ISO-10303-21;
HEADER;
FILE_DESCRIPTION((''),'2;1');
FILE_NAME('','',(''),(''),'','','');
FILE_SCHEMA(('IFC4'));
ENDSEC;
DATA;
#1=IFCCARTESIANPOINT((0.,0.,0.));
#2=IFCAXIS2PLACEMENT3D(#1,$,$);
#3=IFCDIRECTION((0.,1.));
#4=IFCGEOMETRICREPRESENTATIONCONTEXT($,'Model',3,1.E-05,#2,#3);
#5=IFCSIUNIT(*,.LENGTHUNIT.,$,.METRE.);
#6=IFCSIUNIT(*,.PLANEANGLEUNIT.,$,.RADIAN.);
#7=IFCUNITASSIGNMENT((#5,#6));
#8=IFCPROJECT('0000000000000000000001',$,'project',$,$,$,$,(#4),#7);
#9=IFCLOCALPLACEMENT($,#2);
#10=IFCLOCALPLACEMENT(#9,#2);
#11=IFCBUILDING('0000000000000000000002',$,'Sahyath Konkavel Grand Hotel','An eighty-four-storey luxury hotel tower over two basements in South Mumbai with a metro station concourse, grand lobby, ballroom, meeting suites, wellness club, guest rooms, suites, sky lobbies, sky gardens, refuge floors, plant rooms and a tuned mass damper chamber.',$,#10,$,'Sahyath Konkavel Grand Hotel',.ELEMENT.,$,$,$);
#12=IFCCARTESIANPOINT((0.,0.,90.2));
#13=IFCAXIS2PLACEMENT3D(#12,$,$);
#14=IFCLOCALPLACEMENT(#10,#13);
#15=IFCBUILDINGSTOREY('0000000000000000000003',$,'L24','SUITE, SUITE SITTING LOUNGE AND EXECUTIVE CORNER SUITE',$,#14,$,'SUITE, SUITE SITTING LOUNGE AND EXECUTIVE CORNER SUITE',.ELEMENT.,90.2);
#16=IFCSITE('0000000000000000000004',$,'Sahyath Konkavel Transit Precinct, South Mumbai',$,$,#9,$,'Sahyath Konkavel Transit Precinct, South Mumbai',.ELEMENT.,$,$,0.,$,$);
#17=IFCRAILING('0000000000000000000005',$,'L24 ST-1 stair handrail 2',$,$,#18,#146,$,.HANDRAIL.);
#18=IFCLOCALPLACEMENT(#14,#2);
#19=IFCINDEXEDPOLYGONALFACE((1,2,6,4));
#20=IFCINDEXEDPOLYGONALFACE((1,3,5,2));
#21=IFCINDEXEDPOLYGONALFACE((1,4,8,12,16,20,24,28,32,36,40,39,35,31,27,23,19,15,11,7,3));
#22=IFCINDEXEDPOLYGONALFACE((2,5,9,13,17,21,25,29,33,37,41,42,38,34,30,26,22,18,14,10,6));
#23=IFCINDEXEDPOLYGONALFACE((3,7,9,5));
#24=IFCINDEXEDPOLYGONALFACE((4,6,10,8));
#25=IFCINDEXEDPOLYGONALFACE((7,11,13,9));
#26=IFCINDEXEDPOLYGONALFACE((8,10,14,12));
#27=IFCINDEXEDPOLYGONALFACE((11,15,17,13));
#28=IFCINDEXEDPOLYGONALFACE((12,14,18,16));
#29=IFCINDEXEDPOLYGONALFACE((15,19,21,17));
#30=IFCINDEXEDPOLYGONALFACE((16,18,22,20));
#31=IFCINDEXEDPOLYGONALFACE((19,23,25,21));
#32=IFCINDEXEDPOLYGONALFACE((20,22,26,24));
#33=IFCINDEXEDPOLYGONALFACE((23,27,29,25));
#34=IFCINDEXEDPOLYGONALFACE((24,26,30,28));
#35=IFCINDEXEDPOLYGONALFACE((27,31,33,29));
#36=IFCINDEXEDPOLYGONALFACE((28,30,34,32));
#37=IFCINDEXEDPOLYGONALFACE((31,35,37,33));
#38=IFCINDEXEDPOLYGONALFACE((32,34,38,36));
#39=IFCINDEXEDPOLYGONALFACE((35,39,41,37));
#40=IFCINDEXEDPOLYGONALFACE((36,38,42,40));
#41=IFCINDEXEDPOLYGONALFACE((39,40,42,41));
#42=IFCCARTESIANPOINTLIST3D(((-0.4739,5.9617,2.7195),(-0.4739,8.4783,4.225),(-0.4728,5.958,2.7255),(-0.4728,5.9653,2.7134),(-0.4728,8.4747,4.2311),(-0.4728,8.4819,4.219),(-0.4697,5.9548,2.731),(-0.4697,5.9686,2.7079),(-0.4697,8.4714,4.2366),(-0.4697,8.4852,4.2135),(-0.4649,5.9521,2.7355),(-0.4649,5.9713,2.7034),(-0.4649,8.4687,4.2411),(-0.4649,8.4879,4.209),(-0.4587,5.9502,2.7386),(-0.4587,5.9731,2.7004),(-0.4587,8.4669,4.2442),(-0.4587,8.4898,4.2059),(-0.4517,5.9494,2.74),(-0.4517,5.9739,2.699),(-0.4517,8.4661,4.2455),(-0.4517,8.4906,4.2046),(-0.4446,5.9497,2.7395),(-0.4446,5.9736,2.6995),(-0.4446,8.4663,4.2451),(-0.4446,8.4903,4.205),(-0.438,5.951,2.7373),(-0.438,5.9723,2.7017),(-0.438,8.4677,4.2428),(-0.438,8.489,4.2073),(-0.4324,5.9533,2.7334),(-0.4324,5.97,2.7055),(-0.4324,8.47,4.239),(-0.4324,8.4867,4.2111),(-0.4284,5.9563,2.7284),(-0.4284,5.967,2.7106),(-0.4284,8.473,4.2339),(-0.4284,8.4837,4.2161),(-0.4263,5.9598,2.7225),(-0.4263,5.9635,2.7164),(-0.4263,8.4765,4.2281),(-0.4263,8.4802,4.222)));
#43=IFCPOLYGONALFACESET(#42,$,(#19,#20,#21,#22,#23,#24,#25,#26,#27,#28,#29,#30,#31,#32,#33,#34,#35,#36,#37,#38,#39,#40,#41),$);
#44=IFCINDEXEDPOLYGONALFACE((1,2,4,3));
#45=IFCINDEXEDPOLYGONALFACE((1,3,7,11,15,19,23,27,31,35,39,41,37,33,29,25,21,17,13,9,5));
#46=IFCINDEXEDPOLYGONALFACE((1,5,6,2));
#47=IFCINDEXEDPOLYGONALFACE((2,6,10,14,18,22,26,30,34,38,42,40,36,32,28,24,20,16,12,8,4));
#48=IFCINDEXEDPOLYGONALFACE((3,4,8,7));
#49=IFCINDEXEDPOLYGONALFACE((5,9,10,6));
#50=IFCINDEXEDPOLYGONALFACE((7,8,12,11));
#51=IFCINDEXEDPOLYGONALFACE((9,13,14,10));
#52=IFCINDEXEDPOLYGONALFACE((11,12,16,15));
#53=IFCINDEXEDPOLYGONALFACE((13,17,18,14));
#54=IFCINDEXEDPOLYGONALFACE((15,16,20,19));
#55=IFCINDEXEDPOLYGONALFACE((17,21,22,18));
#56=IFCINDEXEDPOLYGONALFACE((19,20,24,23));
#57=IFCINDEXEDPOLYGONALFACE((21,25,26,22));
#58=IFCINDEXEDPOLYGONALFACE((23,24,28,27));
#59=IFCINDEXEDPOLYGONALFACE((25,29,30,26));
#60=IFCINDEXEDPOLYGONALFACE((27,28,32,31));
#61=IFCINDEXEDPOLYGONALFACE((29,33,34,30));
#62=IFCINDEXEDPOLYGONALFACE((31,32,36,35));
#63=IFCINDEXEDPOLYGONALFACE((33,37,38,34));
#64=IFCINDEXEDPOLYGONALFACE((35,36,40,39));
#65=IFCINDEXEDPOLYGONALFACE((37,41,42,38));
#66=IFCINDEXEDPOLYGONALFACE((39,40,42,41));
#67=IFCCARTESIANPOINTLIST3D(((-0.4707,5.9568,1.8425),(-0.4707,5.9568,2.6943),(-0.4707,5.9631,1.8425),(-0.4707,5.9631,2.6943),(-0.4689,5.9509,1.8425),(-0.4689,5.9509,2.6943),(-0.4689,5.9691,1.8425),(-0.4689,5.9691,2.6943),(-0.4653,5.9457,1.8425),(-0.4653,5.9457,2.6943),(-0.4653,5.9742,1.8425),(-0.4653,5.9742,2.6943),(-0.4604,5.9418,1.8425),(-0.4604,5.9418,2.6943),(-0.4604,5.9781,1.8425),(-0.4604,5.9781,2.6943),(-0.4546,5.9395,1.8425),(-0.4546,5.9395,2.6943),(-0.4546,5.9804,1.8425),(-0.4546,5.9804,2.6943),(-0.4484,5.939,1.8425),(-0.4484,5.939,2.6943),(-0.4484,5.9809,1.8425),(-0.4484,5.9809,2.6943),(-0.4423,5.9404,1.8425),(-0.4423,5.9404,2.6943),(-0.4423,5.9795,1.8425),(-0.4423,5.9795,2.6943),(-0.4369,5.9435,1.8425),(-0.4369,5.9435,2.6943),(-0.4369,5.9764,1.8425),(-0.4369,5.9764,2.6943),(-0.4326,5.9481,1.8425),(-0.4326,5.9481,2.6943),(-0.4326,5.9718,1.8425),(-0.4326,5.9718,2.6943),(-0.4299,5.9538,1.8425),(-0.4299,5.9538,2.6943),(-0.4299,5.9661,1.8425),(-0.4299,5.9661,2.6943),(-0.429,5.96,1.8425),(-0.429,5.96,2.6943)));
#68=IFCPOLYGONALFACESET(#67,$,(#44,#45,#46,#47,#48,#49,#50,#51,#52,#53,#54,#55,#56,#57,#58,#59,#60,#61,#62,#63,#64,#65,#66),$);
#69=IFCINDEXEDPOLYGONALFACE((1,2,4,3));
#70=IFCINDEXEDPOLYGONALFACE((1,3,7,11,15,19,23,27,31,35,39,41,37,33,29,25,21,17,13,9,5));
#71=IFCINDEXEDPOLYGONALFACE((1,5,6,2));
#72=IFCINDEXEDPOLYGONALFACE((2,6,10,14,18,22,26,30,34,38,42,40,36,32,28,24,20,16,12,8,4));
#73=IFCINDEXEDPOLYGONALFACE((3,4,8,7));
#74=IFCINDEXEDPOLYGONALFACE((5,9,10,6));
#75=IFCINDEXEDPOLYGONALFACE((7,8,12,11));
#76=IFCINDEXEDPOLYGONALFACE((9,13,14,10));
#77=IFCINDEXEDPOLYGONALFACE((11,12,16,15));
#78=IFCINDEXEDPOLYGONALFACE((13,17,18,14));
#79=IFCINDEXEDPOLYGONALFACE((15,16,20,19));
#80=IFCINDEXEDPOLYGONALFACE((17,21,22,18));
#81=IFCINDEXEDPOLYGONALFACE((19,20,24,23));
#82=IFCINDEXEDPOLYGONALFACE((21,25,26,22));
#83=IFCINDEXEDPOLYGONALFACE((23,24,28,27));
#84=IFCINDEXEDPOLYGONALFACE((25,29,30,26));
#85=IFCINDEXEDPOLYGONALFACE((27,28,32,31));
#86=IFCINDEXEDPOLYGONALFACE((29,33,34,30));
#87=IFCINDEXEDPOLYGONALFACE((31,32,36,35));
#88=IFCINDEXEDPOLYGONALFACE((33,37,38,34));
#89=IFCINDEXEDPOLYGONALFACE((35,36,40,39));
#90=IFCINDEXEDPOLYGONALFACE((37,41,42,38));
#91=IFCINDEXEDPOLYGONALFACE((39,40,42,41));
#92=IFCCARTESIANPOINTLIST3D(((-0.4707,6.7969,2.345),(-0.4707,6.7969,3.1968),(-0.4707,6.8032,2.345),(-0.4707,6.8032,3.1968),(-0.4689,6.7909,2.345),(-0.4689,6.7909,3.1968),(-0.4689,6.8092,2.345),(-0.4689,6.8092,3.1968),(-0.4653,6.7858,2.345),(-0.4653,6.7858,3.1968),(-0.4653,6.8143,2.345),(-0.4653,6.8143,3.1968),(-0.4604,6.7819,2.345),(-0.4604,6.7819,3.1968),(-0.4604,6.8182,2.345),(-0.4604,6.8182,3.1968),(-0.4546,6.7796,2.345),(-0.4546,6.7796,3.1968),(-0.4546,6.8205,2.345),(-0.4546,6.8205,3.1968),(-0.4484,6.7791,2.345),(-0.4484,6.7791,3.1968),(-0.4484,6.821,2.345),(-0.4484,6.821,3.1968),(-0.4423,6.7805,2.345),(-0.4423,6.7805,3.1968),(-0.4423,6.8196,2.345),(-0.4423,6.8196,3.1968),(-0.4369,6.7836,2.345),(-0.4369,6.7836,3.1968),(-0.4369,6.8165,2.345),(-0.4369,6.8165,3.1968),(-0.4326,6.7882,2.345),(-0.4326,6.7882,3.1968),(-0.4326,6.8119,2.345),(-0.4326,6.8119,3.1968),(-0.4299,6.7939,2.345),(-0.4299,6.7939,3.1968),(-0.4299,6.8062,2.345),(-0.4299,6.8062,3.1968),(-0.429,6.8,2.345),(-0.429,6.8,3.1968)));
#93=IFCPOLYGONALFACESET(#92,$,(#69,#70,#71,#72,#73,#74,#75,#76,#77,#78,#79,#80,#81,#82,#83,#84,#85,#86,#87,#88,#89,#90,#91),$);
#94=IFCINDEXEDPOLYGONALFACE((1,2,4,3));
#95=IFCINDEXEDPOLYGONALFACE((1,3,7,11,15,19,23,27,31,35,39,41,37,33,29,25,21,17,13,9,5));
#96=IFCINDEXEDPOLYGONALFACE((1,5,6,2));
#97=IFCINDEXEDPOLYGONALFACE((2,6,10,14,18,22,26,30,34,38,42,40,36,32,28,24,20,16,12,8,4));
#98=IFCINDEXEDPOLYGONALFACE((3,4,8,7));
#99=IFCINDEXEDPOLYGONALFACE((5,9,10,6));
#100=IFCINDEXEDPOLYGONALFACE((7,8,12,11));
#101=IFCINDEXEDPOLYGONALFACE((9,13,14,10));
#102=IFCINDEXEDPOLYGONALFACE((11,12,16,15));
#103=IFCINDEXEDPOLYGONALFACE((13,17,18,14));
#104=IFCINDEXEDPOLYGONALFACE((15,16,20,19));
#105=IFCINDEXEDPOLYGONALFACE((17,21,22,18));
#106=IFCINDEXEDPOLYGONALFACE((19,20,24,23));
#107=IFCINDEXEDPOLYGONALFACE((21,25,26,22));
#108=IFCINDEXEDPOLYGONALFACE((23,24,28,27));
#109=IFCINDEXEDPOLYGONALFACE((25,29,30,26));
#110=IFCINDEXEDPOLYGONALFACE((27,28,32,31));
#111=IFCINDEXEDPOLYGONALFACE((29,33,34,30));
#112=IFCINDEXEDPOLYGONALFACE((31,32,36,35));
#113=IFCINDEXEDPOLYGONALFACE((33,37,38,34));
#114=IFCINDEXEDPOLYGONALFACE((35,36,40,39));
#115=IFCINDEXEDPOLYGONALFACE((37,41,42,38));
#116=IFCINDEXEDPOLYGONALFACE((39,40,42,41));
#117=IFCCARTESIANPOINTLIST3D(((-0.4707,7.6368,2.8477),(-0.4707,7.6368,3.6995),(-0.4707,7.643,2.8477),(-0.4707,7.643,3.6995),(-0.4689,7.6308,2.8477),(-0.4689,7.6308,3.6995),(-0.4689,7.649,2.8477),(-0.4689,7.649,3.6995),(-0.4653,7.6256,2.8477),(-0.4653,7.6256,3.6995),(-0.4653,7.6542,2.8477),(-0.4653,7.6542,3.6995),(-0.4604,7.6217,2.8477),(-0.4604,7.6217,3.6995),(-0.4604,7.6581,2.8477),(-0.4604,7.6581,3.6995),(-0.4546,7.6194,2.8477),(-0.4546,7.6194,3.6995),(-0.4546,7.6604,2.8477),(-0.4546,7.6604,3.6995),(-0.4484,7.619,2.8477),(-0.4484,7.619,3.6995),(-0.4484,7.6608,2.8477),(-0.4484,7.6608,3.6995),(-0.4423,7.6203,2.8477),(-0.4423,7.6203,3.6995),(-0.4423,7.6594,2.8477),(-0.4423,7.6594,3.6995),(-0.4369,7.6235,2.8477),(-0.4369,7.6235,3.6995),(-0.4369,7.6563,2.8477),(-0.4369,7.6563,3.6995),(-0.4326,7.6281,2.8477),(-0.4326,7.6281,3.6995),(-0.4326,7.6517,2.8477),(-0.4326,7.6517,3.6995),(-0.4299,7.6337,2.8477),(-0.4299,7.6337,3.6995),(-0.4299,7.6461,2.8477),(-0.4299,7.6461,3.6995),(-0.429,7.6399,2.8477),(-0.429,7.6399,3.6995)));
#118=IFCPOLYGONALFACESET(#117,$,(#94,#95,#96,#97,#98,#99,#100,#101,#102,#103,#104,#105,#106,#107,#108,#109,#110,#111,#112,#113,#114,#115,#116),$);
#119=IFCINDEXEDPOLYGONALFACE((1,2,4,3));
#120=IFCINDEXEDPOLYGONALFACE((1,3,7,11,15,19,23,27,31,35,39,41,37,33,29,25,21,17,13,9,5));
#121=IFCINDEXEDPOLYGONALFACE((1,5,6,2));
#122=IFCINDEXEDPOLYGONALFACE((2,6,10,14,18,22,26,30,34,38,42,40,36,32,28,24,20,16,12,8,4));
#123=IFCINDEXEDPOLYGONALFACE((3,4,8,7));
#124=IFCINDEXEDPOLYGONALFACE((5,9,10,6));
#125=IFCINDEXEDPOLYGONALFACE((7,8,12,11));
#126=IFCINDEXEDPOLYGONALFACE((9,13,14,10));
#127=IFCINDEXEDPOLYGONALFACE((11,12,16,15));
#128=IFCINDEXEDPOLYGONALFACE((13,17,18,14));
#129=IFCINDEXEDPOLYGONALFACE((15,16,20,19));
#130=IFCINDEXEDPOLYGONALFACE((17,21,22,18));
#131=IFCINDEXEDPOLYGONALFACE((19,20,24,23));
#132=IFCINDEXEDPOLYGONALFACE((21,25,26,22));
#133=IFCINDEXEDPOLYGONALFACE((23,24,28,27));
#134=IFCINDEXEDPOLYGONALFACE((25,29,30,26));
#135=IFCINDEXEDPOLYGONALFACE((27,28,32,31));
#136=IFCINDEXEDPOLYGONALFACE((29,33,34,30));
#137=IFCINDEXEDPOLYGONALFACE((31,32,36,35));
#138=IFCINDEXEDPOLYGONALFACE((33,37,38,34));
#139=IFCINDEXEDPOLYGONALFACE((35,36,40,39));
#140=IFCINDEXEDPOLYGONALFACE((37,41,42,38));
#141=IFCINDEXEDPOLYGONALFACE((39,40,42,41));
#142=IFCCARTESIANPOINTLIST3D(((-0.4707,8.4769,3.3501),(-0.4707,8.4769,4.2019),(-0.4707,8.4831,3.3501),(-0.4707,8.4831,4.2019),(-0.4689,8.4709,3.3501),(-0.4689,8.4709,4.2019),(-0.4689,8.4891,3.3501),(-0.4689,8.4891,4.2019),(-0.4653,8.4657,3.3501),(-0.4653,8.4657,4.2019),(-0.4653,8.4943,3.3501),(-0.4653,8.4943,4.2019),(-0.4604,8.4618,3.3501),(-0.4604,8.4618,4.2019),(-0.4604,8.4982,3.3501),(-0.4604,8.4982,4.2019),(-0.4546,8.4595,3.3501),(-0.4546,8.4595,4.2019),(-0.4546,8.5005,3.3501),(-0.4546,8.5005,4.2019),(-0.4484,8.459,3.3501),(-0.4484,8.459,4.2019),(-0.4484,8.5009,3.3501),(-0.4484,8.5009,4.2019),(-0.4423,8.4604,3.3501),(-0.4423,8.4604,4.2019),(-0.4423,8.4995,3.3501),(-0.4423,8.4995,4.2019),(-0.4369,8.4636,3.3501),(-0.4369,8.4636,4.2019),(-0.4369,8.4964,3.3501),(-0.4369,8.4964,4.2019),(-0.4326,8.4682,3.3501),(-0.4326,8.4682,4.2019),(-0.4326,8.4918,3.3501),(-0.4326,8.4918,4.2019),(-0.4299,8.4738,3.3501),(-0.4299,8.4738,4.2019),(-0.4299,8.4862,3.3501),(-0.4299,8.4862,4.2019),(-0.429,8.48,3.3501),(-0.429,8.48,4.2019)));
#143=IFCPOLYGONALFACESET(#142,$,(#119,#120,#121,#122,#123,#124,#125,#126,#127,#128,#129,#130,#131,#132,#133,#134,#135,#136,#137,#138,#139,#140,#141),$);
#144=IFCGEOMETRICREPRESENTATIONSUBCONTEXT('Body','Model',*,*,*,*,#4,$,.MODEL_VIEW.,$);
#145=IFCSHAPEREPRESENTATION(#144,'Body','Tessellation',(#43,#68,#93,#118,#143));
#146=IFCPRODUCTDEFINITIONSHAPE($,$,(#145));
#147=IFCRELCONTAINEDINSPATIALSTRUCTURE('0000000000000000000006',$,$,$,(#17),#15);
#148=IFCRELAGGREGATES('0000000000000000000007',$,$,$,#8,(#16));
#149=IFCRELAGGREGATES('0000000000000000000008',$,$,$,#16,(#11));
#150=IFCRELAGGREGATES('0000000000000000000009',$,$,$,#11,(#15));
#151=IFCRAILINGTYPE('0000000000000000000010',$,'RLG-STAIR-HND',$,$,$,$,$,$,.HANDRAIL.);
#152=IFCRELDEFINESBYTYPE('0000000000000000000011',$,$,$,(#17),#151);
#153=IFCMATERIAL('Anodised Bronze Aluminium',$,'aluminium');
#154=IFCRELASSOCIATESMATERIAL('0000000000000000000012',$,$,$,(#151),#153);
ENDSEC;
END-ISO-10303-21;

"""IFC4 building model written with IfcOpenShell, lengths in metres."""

from ifc_helpers import new_model, si_unit, direction, frame, origin, origin_2d, place, context, subcontext, project, spatial, circle, extrude, material, type_object, element, save


model = new_model("IFC4")

# Units and contexts
model_context = context("Model", 3, precision=1e-05, world=origin(), true_north=direction((0.0, 1.0)))
body_context = subcontext(model_context, "Body", "Model", "MODEL_VIEW")
ifc_project = project(units=[si_unit("LENGTHUNIT", "METRE"), si_unit("PLANEANGLEUNIT", "RADIAN")], contexts=[model_context])

# Site, building, storey
site_placement = place(None, origin())
site = spatial("IfcSite", under=ifc_project, at=site_placement, Name="Sahyath Konkavel Transit Precinct, South Mumbai", LongName="Sahyath Konkavel Transit Precinct, South Mumbai", CompositionType="ELEMENT", RefElevation=0.0)
building_placement = place(site_placement, origin())
building = spatial("IfcBuilding", under=site, at=building_placement, Name="Sahyath Konkavel Grand Hotel", Description="An eighty-four-storey luxury hotel tower over two basements in South Mumbai with a metro station concourse, grand lobby, ballroom, meeting suites, wellness club, guest rooms, suites, sky lobbies, sky gardens, refuge floors, plant rooms and a tuned mass damper chamber.", LongName="Sahyath Konkavel Grand Hotel", CompositionType="ELEMENT")
storey_placement = place(building_placement, frame((0.0, 0.0, 90.2)))
storey = spatial("IfcBuildingStorey", under=building, at=storey_placement, Name="L24", Description="SUITE, SUITE SITTING LOUNGE AND EXECUTIVE CORNER SUITE", LongName="SUITE, SUITE SITTING LOUNGE AND EXECUTIVE CORNER SUITE", CompositionType="ELEMENT", Elevation=90.2)

# Railing
ifc_material_1 = material(Name="Anodised Bronze Aluminium", Category="aluminium")
railing_type_1 = type_object("IfcRailingType", Name="RLG-STAIR-HND", PredefinedType="HANDRAIL", material=ifc_material_1)
railing_1_placement = place(storey_placement, frame((-0.45, 5.96, 1.8425)))
element("IfcRailing", 1, at=railing_1_placement, inside=storey, type_object=railing_type_1, Name="L24 ST-1 stair handrail 2", PredefinedType="HANDRAIL", context=body_context, shape_type="SweptSolid", body=[
    extrude(circle(Radius=0.0239, at=origin_2d()), frame((0.0, 0.0017, 0.877), z_axis=(0.0, 0.85816, 0.513383), x_axis=(-1.0, 0.0, 0.0)), (0.0, 0.0, 1.0), 2.9326),
    extrude(circle(Radius=0.021, at=origin_2d()), origin(), (0.0, 0.0, 1.0), 0.8518),
    extrude(circle(Radius=0.021, at=origin_2d()), frame((0.0, 0.8401, 0.5024)), (0.0, 0.0, 1.0), 0.8518),
    extrude(circle(Radius=0.021, at=origin_2d()), frame((0.0, 1.6799, 1.0051)), (0.0, 0.0, 1.0), 0.8518),
    extrude(circle(Radius=0.021, at=origin_2d()), frame((0.0, 2.52, 1.5076)), (0.0, 0.0, 1.0), 0.8518),
])

save(model, "model.ifc")
